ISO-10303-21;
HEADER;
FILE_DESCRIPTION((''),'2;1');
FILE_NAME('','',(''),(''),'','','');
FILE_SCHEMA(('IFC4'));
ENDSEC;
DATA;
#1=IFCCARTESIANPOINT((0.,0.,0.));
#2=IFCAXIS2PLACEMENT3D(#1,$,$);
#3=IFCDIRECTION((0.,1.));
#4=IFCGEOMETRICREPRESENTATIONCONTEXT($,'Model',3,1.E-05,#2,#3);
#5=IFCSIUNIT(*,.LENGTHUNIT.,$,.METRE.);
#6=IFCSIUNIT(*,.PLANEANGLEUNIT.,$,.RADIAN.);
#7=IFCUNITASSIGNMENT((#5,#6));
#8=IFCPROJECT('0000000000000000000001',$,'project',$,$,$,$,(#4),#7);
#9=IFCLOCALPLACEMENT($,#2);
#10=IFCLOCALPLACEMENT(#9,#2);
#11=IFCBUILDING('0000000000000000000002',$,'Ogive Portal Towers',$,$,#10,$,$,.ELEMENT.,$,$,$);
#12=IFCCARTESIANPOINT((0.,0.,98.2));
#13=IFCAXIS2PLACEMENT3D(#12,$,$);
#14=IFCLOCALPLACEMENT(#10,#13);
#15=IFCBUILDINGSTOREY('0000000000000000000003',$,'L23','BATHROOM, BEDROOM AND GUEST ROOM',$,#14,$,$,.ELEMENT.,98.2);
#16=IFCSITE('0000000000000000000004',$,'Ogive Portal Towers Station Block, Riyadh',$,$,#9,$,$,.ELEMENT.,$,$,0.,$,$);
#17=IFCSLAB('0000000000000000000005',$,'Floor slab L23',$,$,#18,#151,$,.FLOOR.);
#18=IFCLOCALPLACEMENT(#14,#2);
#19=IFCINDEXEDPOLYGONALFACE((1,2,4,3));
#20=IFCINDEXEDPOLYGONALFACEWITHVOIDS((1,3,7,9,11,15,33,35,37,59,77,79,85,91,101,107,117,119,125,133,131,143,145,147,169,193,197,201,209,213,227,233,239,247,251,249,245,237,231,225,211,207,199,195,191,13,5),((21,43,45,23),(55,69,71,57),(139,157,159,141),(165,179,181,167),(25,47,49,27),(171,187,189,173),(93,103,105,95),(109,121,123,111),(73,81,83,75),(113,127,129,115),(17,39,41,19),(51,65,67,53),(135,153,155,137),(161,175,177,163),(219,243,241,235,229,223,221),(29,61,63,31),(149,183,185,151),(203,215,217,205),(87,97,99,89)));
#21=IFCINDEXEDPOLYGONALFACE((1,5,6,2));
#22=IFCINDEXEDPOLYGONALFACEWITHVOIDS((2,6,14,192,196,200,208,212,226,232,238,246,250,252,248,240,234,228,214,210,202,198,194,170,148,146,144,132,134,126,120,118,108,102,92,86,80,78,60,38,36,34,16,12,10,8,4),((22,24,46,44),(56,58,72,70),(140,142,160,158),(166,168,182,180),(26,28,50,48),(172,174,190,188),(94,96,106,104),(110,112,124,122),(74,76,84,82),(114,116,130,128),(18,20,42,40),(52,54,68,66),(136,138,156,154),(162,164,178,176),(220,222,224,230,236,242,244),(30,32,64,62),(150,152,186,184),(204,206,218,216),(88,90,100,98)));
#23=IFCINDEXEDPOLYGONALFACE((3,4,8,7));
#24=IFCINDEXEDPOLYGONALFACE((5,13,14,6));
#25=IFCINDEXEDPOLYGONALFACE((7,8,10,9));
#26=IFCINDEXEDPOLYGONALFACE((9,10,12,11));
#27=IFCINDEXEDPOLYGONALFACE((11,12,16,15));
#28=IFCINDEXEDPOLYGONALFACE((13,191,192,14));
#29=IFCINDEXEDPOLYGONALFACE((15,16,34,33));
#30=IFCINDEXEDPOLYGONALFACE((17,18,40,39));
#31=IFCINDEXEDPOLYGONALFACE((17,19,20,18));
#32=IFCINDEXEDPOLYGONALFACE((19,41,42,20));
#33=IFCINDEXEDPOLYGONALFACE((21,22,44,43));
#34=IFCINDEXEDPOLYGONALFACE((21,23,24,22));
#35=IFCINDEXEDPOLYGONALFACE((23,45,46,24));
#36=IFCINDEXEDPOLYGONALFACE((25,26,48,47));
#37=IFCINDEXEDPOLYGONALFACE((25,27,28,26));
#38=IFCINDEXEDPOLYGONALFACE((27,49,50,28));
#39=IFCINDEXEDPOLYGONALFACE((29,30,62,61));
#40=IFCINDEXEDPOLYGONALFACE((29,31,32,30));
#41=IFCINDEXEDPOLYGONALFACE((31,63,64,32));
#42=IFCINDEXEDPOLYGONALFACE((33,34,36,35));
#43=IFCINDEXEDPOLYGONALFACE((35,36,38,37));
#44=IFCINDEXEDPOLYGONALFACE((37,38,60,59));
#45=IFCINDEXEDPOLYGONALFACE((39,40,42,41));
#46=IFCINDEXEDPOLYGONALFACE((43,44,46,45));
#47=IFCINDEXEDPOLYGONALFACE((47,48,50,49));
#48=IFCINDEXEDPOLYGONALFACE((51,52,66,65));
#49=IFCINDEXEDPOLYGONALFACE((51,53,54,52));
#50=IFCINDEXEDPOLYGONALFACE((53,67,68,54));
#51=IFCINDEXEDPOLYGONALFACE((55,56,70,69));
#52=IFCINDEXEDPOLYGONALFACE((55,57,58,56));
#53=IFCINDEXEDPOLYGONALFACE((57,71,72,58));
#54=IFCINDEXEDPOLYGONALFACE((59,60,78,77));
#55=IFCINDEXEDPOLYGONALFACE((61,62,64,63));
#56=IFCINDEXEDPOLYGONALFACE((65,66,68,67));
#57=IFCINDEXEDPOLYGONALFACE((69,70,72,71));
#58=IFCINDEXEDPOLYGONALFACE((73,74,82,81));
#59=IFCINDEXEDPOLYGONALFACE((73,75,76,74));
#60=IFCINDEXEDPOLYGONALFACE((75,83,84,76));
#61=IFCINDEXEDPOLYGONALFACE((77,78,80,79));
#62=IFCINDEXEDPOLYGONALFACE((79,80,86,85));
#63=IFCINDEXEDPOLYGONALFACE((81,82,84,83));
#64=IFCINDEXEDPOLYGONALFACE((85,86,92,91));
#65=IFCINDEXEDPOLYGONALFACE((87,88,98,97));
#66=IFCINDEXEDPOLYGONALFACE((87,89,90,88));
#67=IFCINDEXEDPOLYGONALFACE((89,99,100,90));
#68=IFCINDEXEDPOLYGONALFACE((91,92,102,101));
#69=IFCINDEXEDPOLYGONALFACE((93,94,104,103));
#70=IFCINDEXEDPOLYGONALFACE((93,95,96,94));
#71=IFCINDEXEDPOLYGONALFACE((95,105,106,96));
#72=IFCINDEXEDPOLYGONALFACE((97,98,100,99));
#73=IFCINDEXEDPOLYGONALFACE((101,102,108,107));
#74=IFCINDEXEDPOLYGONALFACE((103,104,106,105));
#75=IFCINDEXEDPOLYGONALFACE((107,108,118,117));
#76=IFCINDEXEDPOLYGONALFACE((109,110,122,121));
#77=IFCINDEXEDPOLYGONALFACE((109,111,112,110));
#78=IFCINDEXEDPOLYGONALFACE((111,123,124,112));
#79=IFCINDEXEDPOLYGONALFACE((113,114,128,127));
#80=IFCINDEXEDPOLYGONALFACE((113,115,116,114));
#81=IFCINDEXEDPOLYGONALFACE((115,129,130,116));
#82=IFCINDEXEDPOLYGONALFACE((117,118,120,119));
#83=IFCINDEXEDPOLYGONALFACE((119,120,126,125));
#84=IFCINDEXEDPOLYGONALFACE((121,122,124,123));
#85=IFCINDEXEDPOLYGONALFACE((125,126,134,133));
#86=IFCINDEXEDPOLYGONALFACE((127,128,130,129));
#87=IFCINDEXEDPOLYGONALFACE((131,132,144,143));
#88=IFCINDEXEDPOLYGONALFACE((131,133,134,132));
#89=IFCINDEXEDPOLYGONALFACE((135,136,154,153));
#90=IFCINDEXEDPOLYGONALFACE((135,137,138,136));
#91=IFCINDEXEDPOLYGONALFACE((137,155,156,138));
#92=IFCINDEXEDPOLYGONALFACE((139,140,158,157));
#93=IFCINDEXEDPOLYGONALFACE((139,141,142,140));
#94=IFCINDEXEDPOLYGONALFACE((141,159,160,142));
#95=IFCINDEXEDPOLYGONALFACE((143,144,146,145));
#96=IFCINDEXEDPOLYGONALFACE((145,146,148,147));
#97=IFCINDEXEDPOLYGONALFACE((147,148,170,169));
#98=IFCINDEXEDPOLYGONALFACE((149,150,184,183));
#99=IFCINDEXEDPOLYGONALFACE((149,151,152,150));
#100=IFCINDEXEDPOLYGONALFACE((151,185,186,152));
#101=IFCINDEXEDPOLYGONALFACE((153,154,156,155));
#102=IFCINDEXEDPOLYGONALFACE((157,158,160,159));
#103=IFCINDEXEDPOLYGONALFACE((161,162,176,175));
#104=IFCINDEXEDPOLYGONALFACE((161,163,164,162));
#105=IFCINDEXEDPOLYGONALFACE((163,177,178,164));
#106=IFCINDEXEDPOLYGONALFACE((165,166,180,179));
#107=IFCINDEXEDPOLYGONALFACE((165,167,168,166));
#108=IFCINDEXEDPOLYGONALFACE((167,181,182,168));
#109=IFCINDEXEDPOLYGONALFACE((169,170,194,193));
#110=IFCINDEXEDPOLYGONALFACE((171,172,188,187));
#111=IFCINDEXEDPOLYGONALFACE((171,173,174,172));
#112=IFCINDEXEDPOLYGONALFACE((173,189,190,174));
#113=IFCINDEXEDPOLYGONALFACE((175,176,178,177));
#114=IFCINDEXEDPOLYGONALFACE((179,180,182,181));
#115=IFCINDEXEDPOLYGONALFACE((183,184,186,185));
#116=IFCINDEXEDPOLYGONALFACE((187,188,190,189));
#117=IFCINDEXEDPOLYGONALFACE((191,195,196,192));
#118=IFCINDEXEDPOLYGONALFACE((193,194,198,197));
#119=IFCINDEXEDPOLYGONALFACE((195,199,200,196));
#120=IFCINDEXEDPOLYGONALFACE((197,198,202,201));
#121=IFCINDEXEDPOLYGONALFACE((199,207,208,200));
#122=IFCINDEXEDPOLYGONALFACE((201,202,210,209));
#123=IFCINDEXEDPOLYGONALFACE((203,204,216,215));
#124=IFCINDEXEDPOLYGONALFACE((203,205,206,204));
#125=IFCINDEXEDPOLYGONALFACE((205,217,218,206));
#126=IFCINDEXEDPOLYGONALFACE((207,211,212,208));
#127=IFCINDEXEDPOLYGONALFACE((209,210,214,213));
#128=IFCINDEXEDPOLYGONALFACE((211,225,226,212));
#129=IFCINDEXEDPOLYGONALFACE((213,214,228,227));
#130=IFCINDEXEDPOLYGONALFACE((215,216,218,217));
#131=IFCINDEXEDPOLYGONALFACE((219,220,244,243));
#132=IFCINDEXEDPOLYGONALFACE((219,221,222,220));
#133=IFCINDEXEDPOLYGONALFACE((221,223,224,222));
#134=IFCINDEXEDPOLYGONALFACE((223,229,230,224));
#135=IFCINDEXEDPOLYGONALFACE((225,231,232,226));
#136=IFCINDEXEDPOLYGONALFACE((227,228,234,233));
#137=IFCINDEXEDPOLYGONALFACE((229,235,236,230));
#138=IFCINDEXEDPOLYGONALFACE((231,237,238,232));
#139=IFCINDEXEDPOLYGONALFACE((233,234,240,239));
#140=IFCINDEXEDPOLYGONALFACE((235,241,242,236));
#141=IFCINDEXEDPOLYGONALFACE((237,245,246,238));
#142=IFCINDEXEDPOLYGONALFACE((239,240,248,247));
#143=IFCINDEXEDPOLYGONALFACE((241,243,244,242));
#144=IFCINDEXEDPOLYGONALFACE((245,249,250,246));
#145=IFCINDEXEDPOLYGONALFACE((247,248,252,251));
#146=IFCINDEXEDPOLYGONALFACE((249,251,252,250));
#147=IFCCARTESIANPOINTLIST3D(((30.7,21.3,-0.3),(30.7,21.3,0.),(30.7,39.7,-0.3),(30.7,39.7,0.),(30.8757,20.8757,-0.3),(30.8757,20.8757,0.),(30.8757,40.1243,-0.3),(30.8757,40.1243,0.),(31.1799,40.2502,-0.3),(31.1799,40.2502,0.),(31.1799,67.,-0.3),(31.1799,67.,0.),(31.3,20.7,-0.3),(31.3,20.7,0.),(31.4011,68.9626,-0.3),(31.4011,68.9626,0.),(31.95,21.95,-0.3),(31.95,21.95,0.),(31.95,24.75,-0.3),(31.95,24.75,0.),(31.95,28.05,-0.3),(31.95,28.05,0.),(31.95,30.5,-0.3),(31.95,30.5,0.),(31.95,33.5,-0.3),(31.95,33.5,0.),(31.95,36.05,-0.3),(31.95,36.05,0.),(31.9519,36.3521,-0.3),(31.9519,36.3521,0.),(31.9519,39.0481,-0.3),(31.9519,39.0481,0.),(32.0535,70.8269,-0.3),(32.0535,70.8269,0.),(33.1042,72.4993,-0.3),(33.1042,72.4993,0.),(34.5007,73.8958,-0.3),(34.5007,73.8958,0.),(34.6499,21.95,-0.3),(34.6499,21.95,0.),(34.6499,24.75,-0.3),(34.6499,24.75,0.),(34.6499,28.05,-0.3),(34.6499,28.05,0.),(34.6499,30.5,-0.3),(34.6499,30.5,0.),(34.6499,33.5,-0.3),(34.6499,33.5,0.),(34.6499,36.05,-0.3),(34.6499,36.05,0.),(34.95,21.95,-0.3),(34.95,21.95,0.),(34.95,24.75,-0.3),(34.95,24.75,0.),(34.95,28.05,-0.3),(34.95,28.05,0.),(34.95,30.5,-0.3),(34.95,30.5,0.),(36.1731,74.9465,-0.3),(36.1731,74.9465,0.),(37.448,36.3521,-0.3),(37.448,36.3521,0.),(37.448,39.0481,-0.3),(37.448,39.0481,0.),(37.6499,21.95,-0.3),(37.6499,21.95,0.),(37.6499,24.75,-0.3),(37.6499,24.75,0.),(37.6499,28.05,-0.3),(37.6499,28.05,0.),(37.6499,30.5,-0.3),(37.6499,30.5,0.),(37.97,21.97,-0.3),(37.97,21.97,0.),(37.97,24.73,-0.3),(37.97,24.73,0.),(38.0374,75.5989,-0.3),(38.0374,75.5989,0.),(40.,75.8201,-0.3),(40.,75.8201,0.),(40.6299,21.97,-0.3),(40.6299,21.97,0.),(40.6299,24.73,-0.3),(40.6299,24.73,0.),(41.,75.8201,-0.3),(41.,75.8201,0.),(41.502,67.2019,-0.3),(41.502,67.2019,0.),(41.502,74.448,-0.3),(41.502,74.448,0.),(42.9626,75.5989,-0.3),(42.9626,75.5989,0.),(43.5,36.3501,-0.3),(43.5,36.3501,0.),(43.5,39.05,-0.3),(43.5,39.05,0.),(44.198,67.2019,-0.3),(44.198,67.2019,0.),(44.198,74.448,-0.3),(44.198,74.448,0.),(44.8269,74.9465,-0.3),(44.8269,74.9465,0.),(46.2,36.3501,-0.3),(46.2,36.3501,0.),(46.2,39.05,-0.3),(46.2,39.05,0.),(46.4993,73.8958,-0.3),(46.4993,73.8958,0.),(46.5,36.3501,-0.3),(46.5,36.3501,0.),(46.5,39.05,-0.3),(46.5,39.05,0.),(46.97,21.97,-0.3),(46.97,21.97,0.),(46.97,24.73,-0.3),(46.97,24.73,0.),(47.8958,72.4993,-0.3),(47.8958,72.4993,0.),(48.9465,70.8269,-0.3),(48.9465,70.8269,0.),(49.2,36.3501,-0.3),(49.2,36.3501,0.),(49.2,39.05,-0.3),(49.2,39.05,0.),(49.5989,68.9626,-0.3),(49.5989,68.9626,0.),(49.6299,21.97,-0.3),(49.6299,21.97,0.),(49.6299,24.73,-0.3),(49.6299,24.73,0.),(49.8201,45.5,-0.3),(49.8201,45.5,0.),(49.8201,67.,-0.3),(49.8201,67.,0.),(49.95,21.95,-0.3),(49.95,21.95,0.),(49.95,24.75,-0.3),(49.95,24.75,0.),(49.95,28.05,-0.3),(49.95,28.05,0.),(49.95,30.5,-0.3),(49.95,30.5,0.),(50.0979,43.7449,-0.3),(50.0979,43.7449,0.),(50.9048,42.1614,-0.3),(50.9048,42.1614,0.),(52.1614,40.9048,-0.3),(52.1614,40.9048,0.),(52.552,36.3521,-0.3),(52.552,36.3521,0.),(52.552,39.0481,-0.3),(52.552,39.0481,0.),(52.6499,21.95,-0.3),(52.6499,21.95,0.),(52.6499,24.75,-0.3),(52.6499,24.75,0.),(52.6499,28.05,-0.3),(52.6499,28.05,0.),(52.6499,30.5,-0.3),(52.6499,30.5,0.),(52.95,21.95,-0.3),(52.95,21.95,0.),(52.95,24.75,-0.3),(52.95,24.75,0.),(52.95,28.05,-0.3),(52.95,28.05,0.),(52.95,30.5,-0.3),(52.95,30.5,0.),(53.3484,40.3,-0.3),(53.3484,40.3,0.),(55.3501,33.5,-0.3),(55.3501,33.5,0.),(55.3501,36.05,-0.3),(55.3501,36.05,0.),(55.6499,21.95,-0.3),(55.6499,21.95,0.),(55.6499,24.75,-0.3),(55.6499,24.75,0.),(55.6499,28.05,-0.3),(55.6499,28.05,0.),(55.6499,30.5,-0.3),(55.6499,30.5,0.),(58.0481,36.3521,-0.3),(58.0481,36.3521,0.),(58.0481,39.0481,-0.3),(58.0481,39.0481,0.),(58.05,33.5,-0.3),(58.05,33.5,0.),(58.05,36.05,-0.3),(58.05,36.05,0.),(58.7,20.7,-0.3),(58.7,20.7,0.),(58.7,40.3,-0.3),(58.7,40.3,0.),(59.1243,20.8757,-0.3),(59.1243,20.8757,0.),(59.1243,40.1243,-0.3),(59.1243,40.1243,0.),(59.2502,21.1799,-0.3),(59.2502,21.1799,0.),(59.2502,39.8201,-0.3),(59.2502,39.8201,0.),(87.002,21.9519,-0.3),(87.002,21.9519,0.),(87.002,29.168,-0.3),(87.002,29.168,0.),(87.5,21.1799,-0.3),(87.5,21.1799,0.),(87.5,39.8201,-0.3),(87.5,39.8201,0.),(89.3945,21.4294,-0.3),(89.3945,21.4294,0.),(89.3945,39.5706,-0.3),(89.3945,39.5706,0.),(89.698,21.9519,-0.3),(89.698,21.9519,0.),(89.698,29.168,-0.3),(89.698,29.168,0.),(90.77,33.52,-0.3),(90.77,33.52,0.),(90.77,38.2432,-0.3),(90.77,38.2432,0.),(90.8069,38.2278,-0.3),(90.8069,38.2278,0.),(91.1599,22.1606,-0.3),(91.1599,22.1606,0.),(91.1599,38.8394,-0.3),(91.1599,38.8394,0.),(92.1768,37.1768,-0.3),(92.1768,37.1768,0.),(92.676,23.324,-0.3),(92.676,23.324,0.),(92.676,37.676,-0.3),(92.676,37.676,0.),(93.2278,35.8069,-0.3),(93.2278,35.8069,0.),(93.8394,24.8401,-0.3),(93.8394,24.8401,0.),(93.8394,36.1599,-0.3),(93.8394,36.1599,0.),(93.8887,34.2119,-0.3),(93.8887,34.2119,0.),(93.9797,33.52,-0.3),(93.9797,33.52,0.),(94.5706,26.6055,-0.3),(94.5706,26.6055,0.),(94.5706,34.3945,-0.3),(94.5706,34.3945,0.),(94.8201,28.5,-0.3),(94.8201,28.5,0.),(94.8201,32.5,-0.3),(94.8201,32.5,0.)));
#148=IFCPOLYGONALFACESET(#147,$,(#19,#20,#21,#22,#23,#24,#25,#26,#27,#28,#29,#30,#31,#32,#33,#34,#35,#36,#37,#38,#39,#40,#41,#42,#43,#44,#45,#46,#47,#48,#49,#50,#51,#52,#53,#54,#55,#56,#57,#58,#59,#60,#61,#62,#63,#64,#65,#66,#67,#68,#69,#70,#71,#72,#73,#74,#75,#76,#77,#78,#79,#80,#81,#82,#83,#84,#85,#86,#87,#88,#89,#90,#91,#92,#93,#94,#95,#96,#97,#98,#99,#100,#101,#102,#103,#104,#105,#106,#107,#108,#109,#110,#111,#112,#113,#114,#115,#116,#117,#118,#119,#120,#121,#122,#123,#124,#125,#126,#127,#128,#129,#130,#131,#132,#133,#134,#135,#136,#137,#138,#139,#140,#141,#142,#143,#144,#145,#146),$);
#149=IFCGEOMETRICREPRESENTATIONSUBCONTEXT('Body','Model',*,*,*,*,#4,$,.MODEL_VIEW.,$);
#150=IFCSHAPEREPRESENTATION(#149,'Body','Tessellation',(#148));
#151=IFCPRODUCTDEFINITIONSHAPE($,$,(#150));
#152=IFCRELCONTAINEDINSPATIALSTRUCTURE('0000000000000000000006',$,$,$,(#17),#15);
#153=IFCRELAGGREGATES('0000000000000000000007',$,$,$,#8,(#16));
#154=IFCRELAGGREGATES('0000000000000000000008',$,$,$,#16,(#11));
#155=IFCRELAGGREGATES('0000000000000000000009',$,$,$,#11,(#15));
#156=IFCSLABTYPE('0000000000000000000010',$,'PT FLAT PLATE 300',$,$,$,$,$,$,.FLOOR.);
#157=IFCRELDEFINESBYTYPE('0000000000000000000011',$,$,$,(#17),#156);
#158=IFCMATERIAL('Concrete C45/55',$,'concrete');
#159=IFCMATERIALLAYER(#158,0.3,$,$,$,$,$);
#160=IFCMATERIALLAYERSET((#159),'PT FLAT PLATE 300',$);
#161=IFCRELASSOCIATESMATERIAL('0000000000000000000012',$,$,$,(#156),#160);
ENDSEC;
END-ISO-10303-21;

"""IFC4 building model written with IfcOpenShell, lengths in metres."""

from ifc_helpers import new_model, si_unit, direction, frame, origin, place, context, subcontext, project, spatial, polyline, outline, extrude, material, layer, layer_set, type_object, element, save


model = new_model("IFC4")

# Units and contexts
model_context = context("Model", 3, precision=1e-05, world=origin(), true_north=direction((0.0, 1.0)))
body_context = subcontext(model_context, "Body", "Model", "MODEL_VIEW")
ifc_project = project(units=[si_unit("LENGTHUNIT", "METRE"), si_unit("PLANEANGLEUNIT", "RADIAN")], contexts=[model_context])

# Site, building, storey
site_placement = place(None, origin())
site = spatial("IfcSite", under=ifc_project, at=site_placement, Name="Ogive Portal Towers Station Block, Riyadh", CompositionType="ELEMENT", RefElevation=0.0)
building_placement = place(site_placement, origin())
building = spatial("IfcBuilding", under=site, at=building_placement, Name="Ogive Portal Towers", CompositionType="ELEMENT")
storey_placement = place(building_placement, frame((0.0, 0.0, 98.2)))
storey = spatial("IfcBuildingStorey", under=building, at=storey_placement, Name="L23", Description="BATHROOM, BEDROOM AND GUEST ROOM", CompositionType="ELEMENT", Elevation=98.2)

# Slab
ifc_material_1 = material(Name="Concrete C45/55", Category="concrete")
ifc_layer_1 = layer(ifc_material_1, 0.3)
ifc_layer_set_1 = layer_set([ifc_layer_1], Name="PT FLAT PLATE 300")
slab_type = type_object("IfcSlabType", Name="PT FLAT PLATE 300", PredefinedType="FLOOR", material=ifc_layer_set_1)
slab_1_placement = place(storey_placement, frame((0.0, 0.0, -0.3)))
element("IfcSlab", 1, at=slab_1_placement, inside=storey, type_object=slab_type, Name="Floor slab L23", PredefinedType="FLOOR", context=body_context, shape_type="SweptSolid", body=[
    extrude(outline(polyline([(89.3945, 39.5706), (87.5, 39.8201), (59.2502, 39.8201), (59.1243, 40.1243), (58.7, 40.3), (53.3484, 40.3), (52.1614, 40.9048), (50.9048, 42.1614), (50.0979, 43.7449), (49.8201, 45.5), (49.8201, 67.0), (49.5989, 68.9626), (48.9465, 70.8269), (47.8958, 72.4993), (46.4993, 73.8958), (44.8269, 74.9465), (42.9626, 75.5989), (41.0, 75.8201), (40.0, 75.8201), (38.0374, 75.5989), (36.1731, 74.9465), (34.5007, 73.8958), (33.1042, 72.4993), (32.0535, 70.8269), (31.4011, 68.9626), (31.1799, 67.0), (31.1799, 40.2502), (30.8757, 40.1243), (30.7, 39.7), (30.7, 21.3), (30.8757, 20.8757), (31.3, 20.7), (58.7, 20.7), (59.1243, 20.8757), (59.2502, 21.1799), (87.5, 21.1799), (89.3945, 21.4294), (91.1599, 22.1606), (92.676, 23.324), (93.8394, 24.8401), (94.5706, 26.6055), (94.8201, 28.5), (94.8201, 32.5), (94.5706, 34.3945), (93.8394, 36.1599), (92.676, 37.676), (91.1599, 38.8394), (89.3945, 39.5706)]), holes=[polyline([(34.6499, 24.75), (34.6499, 21.95), (31.95, 21.95), (31.95, 24.75), (34.6499, 24.75)]), polyline([(37.6499, 24.75), (37.6499, 21.95), (34.95, 21.95), (34.95, 24.75), (37.6499, 24.75)]), polyline([(40.6299, 21.97), (37.97, 21.97), (37.97, 24.73), (40.6299, 24.73), (40.6299, 21.97)]), polyline([(46.97, 21.97), (46.97, 24.73), (49.6299, 24.73), (49.6299, 21.97), (46.97, 21.97)]), polyline([(34.6499, 28.05), (31.95, 28.05), (31.95, 30.5), (34.6499, 30.5), (34.6499, 28.05)]), polyline([(37.6499, 30.5), (37.6499, 28.05), (34.95, 28.05), (34.95, 30.5), (37.6499, 30.5)]), polyline([(34.6499, 36.05), (34.6499, 33.5), (31.95, 33.5), (31.95, 36.05), (34.6499, 36.05)]), polyline([(31.9519, 39.0481), (37.448, 39.0481), (37.448, 36.3521), (31.9519, 36.3521), (31.9519, 39.0481)]), polyline([(46.2, 36.3501), (43.5, 36.3501), (43.5, 39.05), (46.2, 39.05), (46.2, 36.3501)]), polyline([(49.2, 36.3501), (46.5, 36.3501), (46.5, 39.05), (49.2, 39.05), (49.2, 36.3501)]), polyline([(44.198, 74.448), (44.198, 67.2019), (41.502, 67.2019), (41.502, 74.448), (44.198, 74.448)]), polyline([(52.6499, 24.75), (52.6499, 21.95), (49.95, 21.95), (49.95, 24.75), (52.6499, 24.75)]), polyline([(55.6499, 21.95), (52.95, 21.95), (52.95, 24.75), (55.6499, 24.75), (55.6499, 21.95)]), polyline([(87.002, 29.168), (89.698, 29.168), (89.698, 21.9519), (87.002, 21.9519), (87.002, 29.168)]), polyline([(52.6499, 30.5), (52.6499, 28.05), (49.95, 28.05), (49.95, 30.5), (52.6499, 30.5)]), polyline([(55.6499, 28.05), (52.95, 28.05), (52.95, 30.5), (55.6499, 30.5), (55.6499, 28.05)]), polyline([(58.05, 36.05), (58.05, 33.5), (55.3501, 33.5), (55.3501, 36.05), (58.05, 36.05)]), polyline([(93.2278, 35.8069), (93.8887, 34.2119), (93.9797, 33.52), (90.77, 33.52), (90.77, 38.2432), (90.8069, 38.2278), (92.1768, 37.1768), (93.2278, 35.8069)]), polyline([(52.552, 36.3521), (52.552, 39.0481), (58.0481, 39.0481), (58.0481, 36.3521), (52.552, 36.3521)])]), origin(), (0.0, 0.0, 1.0), 0.3),
])

save(model, "model.ifc")
